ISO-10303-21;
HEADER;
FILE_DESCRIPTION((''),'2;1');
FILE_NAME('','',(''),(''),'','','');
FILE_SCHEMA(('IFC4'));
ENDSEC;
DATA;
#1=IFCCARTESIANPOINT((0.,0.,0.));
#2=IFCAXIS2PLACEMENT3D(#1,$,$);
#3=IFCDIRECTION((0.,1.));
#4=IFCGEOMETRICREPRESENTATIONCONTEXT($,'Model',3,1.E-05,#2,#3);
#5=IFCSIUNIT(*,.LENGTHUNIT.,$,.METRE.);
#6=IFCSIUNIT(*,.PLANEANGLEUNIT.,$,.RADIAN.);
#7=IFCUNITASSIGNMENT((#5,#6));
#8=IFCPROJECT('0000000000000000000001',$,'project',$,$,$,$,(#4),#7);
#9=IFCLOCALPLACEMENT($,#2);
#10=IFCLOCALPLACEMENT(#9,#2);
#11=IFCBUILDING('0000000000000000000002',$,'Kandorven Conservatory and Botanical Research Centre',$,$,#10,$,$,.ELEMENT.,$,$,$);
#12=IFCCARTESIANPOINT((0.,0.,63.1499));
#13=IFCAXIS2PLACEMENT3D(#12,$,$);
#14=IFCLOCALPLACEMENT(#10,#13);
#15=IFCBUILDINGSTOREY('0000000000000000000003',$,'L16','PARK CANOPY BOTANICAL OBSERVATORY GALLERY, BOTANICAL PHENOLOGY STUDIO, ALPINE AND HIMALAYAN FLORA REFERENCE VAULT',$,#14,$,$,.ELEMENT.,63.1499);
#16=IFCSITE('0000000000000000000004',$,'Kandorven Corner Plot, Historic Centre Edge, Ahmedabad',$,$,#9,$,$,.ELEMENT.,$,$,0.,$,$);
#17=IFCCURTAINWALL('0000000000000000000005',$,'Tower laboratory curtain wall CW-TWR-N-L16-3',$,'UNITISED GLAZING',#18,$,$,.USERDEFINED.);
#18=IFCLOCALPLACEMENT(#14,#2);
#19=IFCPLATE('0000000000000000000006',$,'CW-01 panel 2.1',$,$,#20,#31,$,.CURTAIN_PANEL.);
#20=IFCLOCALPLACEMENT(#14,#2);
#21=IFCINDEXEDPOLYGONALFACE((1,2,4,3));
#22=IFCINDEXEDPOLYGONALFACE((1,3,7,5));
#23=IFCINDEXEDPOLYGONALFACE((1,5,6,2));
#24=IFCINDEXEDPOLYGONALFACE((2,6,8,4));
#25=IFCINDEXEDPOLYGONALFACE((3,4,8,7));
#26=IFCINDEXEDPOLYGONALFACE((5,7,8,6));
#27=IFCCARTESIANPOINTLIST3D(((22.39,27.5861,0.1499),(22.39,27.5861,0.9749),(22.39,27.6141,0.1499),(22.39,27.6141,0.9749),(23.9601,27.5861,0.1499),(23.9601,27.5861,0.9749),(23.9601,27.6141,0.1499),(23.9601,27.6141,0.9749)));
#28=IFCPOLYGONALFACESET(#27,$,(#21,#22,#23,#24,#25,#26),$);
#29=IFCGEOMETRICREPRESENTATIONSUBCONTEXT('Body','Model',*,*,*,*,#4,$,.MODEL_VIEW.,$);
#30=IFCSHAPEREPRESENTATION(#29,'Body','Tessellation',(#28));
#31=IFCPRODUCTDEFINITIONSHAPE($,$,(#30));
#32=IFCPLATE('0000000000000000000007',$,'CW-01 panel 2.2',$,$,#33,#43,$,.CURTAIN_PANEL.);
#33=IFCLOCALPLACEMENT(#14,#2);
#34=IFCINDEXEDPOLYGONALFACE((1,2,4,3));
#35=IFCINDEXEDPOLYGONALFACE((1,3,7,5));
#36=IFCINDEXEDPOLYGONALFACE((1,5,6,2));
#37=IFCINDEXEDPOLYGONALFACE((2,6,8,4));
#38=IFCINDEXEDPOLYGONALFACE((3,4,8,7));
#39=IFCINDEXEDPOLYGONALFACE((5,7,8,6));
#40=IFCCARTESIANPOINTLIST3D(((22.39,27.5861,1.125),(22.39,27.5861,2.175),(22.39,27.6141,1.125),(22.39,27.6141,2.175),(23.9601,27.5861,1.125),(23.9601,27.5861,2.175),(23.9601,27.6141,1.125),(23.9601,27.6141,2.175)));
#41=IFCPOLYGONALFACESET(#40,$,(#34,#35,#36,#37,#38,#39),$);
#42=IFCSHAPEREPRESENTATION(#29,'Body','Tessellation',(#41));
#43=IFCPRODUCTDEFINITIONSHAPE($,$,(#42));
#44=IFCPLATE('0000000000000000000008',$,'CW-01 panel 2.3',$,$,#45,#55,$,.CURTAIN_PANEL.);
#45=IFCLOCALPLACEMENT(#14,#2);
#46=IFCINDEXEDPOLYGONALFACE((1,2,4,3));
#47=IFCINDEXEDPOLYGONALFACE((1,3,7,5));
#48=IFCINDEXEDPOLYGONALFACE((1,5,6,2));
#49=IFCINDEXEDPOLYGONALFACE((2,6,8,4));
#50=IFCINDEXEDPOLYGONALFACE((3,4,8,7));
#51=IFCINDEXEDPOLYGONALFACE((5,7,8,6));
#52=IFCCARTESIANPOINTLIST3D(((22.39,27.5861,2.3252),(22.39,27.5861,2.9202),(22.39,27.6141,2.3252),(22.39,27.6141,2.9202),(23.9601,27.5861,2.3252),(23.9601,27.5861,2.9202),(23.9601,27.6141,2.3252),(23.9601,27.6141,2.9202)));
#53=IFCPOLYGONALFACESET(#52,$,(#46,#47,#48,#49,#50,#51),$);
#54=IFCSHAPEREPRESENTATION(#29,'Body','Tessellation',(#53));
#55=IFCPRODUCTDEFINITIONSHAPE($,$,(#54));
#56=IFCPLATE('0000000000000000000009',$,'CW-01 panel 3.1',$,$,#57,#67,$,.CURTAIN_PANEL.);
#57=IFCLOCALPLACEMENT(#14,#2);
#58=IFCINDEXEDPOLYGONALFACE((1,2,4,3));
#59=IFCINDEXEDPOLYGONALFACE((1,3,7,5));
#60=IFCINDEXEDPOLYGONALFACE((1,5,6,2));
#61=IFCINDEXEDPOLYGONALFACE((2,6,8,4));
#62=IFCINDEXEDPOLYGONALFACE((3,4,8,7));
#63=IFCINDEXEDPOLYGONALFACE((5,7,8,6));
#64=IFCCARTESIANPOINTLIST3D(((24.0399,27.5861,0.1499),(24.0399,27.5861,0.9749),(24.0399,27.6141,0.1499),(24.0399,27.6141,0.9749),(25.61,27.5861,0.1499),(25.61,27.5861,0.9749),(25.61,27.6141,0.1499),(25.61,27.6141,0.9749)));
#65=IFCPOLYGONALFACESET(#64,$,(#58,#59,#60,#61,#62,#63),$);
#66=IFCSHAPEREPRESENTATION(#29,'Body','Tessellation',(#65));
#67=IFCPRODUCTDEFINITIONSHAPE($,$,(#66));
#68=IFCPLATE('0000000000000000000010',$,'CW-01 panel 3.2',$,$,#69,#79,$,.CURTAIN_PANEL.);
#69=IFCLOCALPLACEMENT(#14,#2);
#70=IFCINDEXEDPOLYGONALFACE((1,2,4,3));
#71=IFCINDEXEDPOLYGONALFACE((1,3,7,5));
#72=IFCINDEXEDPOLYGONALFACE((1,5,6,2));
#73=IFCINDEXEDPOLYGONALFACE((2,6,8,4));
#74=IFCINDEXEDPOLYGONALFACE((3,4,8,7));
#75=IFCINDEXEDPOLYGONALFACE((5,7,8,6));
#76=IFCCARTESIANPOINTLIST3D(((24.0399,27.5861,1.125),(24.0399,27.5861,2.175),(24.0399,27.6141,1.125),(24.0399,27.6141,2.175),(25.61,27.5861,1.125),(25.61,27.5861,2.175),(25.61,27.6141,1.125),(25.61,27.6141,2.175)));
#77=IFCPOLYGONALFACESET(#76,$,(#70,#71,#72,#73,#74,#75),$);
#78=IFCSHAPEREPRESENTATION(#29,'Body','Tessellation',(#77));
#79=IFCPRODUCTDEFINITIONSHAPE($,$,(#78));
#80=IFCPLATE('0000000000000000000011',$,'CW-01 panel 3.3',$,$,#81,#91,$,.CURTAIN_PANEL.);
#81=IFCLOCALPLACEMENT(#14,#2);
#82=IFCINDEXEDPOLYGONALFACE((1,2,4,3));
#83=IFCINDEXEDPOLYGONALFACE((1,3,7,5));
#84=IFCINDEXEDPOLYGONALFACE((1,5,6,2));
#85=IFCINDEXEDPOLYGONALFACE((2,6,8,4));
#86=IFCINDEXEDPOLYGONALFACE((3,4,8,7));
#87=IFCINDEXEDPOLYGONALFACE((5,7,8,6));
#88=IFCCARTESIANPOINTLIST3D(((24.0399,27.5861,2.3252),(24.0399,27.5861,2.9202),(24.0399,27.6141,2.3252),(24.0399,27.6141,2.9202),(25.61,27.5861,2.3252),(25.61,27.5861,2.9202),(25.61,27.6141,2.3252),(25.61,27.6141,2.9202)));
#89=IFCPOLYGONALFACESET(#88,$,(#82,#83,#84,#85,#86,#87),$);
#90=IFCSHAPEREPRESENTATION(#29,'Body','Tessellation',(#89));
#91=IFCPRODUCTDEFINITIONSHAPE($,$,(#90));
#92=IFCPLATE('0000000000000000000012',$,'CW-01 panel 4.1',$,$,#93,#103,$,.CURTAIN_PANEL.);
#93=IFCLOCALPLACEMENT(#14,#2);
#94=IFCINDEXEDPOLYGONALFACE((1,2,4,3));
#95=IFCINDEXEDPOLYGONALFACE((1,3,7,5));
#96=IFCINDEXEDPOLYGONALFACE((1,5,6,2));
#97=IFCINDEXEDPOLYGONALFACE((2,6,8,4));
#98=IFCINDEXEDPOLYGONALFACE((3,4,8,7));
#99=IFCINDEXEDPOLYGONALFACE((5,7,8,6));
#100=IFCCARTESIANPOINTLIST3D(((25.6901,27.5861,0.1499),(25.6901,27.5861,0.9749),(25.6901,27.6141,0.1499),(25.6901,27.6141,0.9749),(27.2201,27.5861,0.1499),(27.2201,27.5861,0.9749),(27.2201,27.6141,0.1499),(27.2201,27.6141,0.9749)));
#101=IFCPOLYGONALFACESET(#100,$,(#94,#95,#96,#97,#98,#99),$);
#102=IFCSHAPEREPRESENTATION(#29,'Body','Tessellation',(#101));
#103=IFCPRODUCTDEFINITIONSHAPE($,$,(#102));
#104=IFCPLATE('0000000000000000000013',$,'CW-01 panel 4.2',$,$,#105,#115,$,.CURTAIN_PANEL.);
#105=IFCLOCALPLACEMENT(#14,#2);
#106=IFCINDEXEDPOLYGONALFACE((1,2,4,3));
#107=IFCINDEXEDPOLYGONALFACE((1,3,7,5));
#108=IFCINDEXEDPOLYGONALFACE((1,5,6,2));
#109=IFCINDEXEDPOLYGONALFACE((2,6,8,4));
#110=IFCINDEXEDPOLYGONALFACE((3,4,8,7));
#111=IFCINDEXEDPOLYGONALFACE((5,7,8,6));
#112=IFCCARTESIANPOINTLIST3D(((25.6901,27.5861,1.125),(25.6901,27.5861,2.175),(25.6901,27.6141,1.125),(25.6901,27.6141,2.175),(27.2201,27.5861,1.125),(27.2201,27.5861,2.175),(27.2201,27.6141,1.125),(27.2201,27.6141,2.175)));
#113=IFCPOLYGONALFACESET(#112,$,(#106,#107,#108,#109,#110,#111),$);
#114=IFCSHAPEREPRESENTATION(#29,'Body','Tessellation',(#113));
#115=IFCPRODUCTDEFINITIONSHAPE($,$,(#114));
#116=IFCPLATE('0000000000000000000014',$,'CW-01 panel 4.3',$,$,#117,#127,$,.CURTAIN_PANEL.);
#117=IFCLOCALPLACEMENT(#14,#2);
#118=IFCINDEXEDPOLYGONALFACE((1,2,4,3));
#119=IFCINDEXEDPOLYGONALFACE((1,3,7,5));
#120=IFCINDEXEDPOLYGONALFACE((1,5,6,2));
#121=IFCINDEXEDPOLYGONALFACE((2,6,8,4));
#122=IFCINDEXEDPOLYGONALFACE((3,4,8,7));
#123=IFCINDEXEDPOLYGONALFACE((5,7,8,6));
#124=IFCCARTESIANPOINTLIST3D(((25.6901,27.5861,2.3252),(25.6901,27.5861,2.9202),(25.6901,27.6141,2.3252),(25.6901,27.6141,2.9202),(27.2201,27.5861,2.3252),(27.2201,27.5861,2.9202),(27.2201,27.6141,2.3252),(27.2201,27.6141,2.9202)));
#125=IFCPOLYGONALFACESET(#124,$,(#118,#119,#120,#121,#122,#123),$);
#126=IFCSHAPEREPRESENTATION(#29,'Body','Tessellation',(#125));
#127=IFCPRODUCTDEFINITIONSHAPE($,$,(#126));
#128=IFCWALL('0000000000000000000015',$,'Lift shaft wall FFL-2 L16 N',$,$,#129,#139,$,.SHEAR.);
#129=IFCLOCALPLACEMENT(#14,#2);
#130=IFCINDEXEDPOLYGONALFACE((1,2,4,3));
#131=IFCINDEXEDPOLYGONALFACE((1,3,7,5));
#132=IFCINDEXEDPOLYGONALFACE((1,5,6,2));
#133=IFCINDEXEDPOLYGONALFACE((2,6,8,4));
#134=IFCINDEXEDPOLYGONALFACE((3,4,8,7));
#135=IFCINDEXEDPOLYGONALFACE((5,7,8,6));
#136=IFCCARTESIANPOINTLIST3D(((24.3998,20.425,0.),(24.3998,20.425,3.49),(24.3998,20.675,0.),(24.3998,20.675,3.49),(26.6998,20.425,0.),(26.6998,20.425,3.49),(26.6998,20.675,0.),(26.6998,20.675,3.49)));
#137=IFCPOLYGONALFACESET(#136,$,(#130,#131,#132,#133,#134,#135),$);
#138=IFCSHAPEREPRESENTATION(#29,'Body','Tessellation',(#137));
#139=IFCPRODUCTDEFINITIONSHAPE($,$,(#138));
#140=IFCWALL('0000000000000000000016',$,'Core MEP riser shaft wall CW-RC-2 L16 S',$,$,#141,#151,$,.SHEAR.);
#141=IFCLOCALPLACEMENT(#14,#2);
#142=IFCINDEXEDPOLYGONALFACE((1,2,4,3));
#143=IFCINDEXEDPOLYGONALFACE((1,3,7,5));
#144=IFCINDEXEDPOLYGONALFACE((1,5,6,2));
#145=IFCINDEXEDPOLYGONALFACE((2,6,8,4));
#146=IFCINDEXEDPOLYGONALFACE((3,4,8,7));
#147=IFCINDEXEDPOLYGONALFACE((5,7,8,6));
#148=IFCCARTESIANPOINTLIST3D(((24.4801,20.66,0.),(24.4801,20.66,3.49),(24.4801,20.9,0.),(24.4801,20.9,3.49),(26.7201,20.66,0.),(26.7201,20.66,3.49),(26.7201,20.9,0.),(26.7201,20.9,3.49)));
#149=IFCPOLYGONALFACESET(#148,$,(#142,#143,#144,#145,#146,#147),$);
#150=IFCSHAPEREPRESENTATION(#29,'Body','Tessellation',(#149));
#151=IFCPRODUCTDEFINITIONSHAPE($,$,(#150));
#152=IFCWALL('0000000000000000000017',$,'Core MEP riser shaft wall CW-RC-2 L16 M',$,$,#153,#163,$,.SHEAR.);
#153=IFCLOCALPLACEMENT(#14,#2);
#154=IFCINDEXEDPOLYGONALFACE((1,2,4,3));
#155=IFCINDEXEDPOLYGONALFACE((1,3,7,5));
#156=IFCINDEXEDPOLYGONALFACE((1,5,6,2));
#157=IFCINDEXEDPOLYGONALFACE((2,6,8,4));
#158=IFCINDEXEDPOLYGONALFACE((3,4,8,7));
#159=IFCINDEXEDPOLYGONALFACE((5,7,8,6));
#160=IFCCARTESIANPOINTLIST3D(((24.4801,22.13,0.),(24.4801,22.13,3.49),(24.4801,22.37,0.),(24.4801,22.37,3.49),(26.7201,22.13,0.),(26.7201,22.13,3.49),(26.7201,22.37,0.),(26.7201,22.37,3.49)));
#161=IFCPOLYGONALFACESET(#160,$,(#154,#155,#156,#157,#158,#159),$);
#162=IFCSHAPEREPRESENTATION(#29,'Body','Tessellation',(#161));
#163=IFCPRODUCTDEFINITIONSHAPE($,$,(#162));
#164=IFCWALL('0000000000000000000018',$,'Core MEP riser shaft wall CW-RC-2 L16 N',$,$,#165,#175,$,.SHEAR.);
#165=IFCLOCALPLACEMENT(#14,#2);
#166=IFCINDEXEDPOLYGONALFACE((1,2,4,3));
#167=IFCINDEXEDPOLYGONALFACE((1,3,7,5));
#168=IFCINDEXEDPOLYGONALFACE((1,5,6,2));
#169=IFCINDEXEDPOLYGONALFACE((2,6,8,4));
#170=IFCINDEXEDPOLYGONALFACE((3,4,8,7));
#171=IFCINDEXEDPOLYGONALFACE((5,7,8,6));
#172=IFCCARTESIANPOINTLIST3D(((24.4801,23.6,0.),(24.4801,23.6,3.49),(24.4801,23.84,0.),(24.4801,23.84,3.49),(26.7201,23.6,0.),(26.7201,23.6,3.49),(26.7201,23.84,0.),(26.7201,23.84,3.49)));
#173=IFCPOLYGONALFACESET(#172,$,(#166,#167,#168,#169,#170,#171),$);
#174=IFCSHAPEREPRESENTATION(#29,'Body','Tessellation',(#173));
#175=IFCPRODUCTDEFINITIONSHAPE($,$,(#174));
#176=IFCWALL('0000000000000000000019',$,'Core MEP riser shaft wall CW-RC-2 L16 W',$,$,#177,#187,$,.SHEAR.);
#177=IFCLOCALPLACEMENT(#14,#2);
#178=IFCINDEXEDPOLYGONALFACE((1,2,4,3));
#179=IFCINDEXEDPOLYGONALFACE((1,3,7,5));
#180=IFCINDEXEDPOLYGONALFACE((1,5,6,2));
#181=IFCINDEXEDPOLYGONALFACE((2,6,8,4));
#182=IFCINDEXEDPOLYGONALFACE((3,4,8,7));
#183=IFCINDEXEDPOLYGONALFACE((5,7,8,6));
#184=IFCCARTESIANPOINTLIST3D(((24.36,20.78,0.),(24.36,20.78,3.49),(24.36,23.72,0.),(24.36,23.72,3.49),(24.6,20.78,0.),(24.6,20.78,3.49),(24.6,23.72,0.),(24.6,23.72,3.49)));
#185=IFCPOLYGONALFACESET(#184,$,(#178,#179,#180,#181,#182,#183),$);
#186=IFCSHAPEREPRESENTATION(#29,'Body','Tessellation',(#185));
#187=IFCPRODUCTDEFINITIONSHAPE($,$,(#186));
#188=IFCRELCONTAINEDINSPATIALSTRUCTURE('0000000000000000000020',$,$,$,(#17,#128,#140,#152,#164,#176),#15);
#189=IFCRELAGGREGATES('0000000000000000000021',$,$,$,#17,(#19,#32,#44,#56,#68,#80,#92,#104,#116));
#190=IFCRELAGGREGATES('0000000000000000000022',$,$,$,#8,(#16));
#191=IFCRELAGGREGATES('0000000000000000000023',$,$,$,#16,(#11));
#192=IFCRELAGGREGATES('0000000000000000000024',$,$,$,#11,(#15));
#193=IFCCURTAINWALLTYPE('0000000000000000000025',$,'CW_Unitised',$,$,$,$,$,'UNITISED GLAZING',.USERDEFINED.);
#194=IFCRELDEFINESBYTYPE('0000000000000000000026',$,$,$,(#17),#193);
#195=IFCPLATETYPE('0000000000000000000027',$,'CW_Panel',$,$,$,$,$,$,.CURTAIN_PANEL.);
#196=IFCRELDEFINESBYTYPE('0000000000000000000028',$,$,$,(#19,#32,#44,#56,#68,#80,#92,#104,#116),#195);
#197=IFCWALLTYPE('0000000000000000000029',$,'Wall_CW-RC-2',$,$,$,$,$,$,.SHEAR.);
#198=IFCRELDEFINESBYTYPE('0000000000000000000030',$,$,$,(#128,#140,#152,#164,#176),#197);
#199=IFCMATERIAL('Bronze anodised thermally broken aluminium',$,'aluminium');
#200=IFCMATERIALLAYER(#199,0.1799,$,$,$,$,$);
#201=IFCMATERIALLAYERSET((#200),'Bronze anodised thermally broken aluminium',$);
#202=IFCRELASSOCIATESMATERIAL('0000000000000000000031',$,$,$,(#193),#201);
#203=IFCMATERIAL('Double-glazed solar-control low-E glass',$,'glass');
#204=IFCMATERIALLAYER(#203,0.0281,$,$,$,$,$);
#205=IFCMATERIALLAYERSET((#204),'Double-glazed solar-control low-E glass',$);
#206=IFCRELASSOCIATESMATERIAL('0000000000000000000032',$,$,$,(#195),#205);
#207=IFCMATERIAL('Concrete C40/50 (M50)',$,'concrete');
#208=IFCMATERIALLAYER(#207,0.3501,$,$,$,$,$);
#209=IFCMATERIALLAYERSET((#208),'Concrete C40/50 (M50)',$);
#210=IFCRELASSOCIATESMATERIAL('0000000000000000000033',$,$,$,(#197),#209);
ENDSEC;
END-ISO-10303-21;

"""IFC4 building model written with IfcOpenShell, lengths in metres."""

from ifc_helpers import new_model, si_unit, direction, frame, frame_2d, origin, origin_2d, place, context, subcontext, project, spatial, rectangle, extrude, material, layer, layer_set, type_object, element, aggregate, save


model = new_model("IFC4")

# Units and contexts
model_context = context("Model", 3, precision=1e-05, world=origin(), true_north=direction((0.0, 1.0)))
body_context = subcontext(model_context, "Body", "Model", "MODEL_VIEW")
ifc_project = project(units=[si_unit("LENGTHUNIT", "METRE"), si_unit("PLANEANGLEUNIT", "RADIAN")], contexts=[model_context])

# Site, building, storey
site_placement = place(None, origin())
site = spatial("IfcSite", under=ifc_project, at=site_placement, Name="Kandorven Corner Plot, Historic Centre Edge, Ahmedabad", CompositionType="ELEMENT", RefElevation=0.0)
building_placement = place(site_placement, origin())
building = spatial("IfcBuilding", under=site, at=building_placement, Name="Kandorven Conservatory and Botanical Research Centre", CompositionType="ELEMENT")
storey_placement = place(building_placement, frame((0.0, 0.0, 63.1499)))
storey = spatial("IfcBuildingStorey", under=building, at=storey_placement, Name="L16", Description="PARK CANOPY BOTANICAL OBSERVATORY GALLERY, BOTANICAL PHENOLOGY STUDIO, ALPINE AND HIMALAYAN FLORA REFERENCE VAULT", CompositionType="ELEMENT", Elevation=63.1499)

# Curtain wall, plates
ifc_material_1 = material(Name="Bronze anodised thermally broken aluminium", Category="aluminium")
ifc_layer_1 = layer(ifc_material_1, 0.1799)
ifc_layer_set_1 = layer_set([ifc_layer_1], Name="Bronze anodised thermally broken aluminium")
curtain_wall_type = type_object("IfcCurtainWallType", Name="CW_Unitised", ElementType="UNITISED GLAZING", PredefinedType="USERDEFINED", material=ifc_layer_set_1)
curtain_wall_placement = place(storey_placement, origin())
curtain_wall = element("IfcCurtainWall", 1, at=curtain_wall_placement, inside=storey, type_object=curtain_wall_type, Name="Tower laboratory curtain wall CW-TWR-N-L16-3", ObjectType="UNITISED GLAZING", PredefinedType="USERDEFINED")
ifc_material_2 = material(Name="Double-glazed solar-control low-E glass", Category="glass")
ifc_layer_2 = layer(ifc_material_2, 0.0281)
ifc_layer_set_2 = layer_set([ifc_layer_2], Name="Double-glazed solar-control low-E glass")
plate_type = type_object("IfcPlateType", Name="CW_Panel", PredefinedType="CURTAIN_PANEL", material=ifc_layer_set_2)
plate_1_placement = place(storey_placement, frame((23.175, 27.6001, 0.1499), z_axis=(0.0, 0.0, 1.0), x_axis=(1.0, 0.0, 0.0)))
plate_1 = element("IfcPlate", 2, at=plate_1_placement, type_object=plate_type, Name="CW-01 panel 2.1", PredefinedType="CURTAIN_PANEL", context=body_context, shape_type="SweptSolid", body=[
    extrude(rectangle(XDim=1.5701, YDim=0.0281, at=origin_2d()), origin(), (0.0, 0.0, 1.0), 0.825),
])
plate_2_placement = place(storey_placement, frame((23.175, 27.6001, 1.125), z_axis=(0.0, 0.0, 1.0), x_axis=(1.0, 0.0, 0.0)))
plate_2 = element("IfcPlate", 3, at=plate_2_placement, type_object=plate_type, Name="CW-01 panel 2.2", PredefinedType="CURTAIN_PANEL", context=body_context, shape_type="SweptSolid", body=[
    extrude(rectangle(XDim=1.5701, YDim=0.0281, at=origin_2d()), origin(), (0.0, 0.0, 1.0), 1.05),
])
plate_3_placement = place(storey_placement, frame((23.175, 27.6001, 2.3252), z_axis=(0.0, 0.0, 1.0), x_axis=(1.0, 0.0, 0.0)))
plate_3 = element("IfcPlate", 4, at=plate_3_placement, type_object=plate_type, Name="CW-01 panel 2.3", PredefinedType="CURTAIN_PANEL", context=body_context, shape_type="SweptSolid", body=[
    extrude(rectangle(XDim=1.5701, YDim=0.0281, at=origin_2d()), origin(), (0.0, 0.0, 1.0), 0.595),
])
plate_4_placement = place(storey_placement, frame((24.825, 27.6001, 0.1499), z_axis=(0.0, 0.0, 1.0), x_axis=(1.0, 0.0, 0.0)))
plate_4 = element("IfcPlate", 5, at=plate_4_placement, type_object=plate_type, Name="CW-01 panel 3.1", PredefinedType="CURTAIN_PANEL", context=body_context, shape_type="SweptSolid", body=[
    extrude(rectangle(XDim=1.5701, YDim=0.0281, at=origin_2d()), origin(), (0.0, 0.0, 1.0), 0.825),
])
plate_5_placement = place(storey_placement, frame((24.825, 27.6001, 1.125), z_axis=(0.0, 0.0, 1.0), x_axis=(1.0, 0.0, 0.0)))
plate_5 = element("IfcPlate", 6, at=plate_5_placement, type_object=plate_type, Name="CW-01 panel 3.2", PredefinedType="CURTAIN_PANEL", context=body_context, shape_type="SweptSolid", body=[
    extrude(rectangle(XDim=1.5701, YDim=0.0281, at=origin_2d()), origin(), (0.0, 0.0, 1.0), 1.05),
])
plate_6_placement = place(storey_placement, frame((24.825, 27.6001, 2.3252), z_axis=(0.0, 0.0, 1.0), x_axis=(1.0, 0.0, 0.0)))
plate_6 = element("IfcPlate", 7, at=plate_6_placement, type_object=plate_type, Name="CW-01 panel 3.3", PredefinedType="CURTAIN_PANEL", context=body_context, shape_type="SweptSolid", body=[
    extrude(rectangle(XDim=1.5701, YDim=0.0281, at=origin_2d()), origin(), (0.0, 0.0, 1.0), 0.595),
])
plate_7_placement = place(storey_placement, frame((26.4551, 27.6001, 0.1499), z_axis=(0.0, 0.0, 1.0), x_axis=(1.0, 0.0, 0.0)))
plate_7 = element("IfcPlate", 8, at=plate_7_placement, type_object=plate_type, Name="CW-01 panel 4.1", PredefinedType="CURTAIN_PANEL", context=body_context, shape_type="SweptSolid", body=[
    extrude(rectangle(XDim=1.53, YDim=0.0281, at=origin_2d()), origin(), (0.0, 0.0, 1.0), 0.825),
])
plate_8_placement = place(storey_placement, frame((26.4551, 27.6001, 1.125), z_axis=(0.0, 0.0, 1.0), x_axis=(1.0, 0.0, 0.0)))
plate_8 = element("IfcPlate", 9, at=plate_8_placement, type_object=plate_type, Name="CW-01 panel 4.2", PredefinedType="CURTAIN_PANEL", context=body_context, shape_type="SweptSolid", body=[
    extrude(rectangle(XDim=1.53, YDim=0.0281, at=origin_2d()), origin(), (0.0, 0.0, 1.0), 1.05),
])
plate_9_placement = place(storey_placement, frame((26.4551, 27.6001, 2.3252), z_axis=(0.0, 0.0, 1.0), x_axis=(1.0, 0.0, 0.0)))
plate_9 = element("IfcPlate", 10, at=plate_9_placement, type_object=plate_type, Name="CW-01 panel 4.3", PredefinedType="CURTAIN_PANEL", context=body_context, shape_type="SweptSolid", body=[
    extrude(rectangle(XDim=1.53, YDim=0.0281, at=origin_2d()), origin(), (0.0, 0.0, 1.0), 0.595),
])
aggregate(curtain_wall, [plate_1, plate_2, plate_3, plate_4, plate_5, plate_6, plate_7, plate_8, plate_9])

# Walls
ifc_material_3 = material(Name="Concrete C40/50 (M50)", Category="concrete")
ifc_layer_3 = layer(ifc_material_3, 0.3501)
ifc_layer_set_3 = layer_set([ifc_layer_3], Name="Concrete C40/50 (M50)")
wall_type = type_object("IfcWallType", Name="Wall_CW-RC-2", PredefinedType="SHEAR", material=ifc_layer_set_3)
wall_1_placement = place(storey_placement, frame((24.3999, 20.55, 0.0), z_axis=(0.0, 0.0, 1.0), x_axis=(1.0, 0.0, 0.0)))
element("IfcWall", 11, at=wall_1_placement, inside=storey, type_object=wall_type, Name="Lift shaft wall FFL-2 L16 N", PredefinedType="SHEAR", context=body_context, shape_type="SweptSolid", body=[
    extrude(rectangle(XDim=2.3, YDim=0.25, at=frame_2d((1.1499, 0.0))), origin(), (0.0, 0.0, 1.0), 3.49),
])
for number, where, z_axis, x_axis, name in (
    (12, (24.48, 20.78, 0.0), (0.0, 0.0, 1.0), (1.0, 0.0, 0.0), "Core MEP riser shaft wall CW-RC-2 L16 S"),
    (13, (24.48, 22.25, 0.0), (0.0, 0.0, 1.0), (1.0, 0.0, 0.0), "Core MEP riser shaft wall CW-RC-2 L16 M"),
    (14, (24.48, 23.72, 0.0), (0.0, 0.0, 1.0), (1.0, 0.0, 0.0), "Core MEP riser shaft wall CW-RC-2 L16 N"),
):
    element("IfcWall", number, at=place(storey_placement, frame(where, z_axis=z_axis, x_axis=x_axis)), inside=storey, type_object=wall_type, Name=name, PredefinedType="SHEAR", context=body_context, shape_type="SweptSolid", body=[
        extrude(rectangle(XDim=2.24, YDim=0.24, at=frame_2d((1.1201, 0.0))), origin(), (0.0, 0.0, 1.0), 3.49),
    ])
wall_2_placement = place(storey_placement, frame((24.48, 20.78, 0.0), z_axis=(0.0, 0.0, 1.0), x_axis=(0.0, 1.0, 0.0)))
element("IfcWall", 15, at=wall_2_placement, inside=storey, type_object=wall_type, Name="Core MEP riser shaft wall CW-RC-2 L16 W", PredefinedType="SHEAR", context=body_context, shape_type="SweptSolid", body=[
    extrude(rectangle(XDim=2.9399, YDim=0.24, at=frame_2d((1.47, 0.0))), origin(), (0.0, 0.0, 1.0), 3.49),
])

save(model, "model.ifc")
